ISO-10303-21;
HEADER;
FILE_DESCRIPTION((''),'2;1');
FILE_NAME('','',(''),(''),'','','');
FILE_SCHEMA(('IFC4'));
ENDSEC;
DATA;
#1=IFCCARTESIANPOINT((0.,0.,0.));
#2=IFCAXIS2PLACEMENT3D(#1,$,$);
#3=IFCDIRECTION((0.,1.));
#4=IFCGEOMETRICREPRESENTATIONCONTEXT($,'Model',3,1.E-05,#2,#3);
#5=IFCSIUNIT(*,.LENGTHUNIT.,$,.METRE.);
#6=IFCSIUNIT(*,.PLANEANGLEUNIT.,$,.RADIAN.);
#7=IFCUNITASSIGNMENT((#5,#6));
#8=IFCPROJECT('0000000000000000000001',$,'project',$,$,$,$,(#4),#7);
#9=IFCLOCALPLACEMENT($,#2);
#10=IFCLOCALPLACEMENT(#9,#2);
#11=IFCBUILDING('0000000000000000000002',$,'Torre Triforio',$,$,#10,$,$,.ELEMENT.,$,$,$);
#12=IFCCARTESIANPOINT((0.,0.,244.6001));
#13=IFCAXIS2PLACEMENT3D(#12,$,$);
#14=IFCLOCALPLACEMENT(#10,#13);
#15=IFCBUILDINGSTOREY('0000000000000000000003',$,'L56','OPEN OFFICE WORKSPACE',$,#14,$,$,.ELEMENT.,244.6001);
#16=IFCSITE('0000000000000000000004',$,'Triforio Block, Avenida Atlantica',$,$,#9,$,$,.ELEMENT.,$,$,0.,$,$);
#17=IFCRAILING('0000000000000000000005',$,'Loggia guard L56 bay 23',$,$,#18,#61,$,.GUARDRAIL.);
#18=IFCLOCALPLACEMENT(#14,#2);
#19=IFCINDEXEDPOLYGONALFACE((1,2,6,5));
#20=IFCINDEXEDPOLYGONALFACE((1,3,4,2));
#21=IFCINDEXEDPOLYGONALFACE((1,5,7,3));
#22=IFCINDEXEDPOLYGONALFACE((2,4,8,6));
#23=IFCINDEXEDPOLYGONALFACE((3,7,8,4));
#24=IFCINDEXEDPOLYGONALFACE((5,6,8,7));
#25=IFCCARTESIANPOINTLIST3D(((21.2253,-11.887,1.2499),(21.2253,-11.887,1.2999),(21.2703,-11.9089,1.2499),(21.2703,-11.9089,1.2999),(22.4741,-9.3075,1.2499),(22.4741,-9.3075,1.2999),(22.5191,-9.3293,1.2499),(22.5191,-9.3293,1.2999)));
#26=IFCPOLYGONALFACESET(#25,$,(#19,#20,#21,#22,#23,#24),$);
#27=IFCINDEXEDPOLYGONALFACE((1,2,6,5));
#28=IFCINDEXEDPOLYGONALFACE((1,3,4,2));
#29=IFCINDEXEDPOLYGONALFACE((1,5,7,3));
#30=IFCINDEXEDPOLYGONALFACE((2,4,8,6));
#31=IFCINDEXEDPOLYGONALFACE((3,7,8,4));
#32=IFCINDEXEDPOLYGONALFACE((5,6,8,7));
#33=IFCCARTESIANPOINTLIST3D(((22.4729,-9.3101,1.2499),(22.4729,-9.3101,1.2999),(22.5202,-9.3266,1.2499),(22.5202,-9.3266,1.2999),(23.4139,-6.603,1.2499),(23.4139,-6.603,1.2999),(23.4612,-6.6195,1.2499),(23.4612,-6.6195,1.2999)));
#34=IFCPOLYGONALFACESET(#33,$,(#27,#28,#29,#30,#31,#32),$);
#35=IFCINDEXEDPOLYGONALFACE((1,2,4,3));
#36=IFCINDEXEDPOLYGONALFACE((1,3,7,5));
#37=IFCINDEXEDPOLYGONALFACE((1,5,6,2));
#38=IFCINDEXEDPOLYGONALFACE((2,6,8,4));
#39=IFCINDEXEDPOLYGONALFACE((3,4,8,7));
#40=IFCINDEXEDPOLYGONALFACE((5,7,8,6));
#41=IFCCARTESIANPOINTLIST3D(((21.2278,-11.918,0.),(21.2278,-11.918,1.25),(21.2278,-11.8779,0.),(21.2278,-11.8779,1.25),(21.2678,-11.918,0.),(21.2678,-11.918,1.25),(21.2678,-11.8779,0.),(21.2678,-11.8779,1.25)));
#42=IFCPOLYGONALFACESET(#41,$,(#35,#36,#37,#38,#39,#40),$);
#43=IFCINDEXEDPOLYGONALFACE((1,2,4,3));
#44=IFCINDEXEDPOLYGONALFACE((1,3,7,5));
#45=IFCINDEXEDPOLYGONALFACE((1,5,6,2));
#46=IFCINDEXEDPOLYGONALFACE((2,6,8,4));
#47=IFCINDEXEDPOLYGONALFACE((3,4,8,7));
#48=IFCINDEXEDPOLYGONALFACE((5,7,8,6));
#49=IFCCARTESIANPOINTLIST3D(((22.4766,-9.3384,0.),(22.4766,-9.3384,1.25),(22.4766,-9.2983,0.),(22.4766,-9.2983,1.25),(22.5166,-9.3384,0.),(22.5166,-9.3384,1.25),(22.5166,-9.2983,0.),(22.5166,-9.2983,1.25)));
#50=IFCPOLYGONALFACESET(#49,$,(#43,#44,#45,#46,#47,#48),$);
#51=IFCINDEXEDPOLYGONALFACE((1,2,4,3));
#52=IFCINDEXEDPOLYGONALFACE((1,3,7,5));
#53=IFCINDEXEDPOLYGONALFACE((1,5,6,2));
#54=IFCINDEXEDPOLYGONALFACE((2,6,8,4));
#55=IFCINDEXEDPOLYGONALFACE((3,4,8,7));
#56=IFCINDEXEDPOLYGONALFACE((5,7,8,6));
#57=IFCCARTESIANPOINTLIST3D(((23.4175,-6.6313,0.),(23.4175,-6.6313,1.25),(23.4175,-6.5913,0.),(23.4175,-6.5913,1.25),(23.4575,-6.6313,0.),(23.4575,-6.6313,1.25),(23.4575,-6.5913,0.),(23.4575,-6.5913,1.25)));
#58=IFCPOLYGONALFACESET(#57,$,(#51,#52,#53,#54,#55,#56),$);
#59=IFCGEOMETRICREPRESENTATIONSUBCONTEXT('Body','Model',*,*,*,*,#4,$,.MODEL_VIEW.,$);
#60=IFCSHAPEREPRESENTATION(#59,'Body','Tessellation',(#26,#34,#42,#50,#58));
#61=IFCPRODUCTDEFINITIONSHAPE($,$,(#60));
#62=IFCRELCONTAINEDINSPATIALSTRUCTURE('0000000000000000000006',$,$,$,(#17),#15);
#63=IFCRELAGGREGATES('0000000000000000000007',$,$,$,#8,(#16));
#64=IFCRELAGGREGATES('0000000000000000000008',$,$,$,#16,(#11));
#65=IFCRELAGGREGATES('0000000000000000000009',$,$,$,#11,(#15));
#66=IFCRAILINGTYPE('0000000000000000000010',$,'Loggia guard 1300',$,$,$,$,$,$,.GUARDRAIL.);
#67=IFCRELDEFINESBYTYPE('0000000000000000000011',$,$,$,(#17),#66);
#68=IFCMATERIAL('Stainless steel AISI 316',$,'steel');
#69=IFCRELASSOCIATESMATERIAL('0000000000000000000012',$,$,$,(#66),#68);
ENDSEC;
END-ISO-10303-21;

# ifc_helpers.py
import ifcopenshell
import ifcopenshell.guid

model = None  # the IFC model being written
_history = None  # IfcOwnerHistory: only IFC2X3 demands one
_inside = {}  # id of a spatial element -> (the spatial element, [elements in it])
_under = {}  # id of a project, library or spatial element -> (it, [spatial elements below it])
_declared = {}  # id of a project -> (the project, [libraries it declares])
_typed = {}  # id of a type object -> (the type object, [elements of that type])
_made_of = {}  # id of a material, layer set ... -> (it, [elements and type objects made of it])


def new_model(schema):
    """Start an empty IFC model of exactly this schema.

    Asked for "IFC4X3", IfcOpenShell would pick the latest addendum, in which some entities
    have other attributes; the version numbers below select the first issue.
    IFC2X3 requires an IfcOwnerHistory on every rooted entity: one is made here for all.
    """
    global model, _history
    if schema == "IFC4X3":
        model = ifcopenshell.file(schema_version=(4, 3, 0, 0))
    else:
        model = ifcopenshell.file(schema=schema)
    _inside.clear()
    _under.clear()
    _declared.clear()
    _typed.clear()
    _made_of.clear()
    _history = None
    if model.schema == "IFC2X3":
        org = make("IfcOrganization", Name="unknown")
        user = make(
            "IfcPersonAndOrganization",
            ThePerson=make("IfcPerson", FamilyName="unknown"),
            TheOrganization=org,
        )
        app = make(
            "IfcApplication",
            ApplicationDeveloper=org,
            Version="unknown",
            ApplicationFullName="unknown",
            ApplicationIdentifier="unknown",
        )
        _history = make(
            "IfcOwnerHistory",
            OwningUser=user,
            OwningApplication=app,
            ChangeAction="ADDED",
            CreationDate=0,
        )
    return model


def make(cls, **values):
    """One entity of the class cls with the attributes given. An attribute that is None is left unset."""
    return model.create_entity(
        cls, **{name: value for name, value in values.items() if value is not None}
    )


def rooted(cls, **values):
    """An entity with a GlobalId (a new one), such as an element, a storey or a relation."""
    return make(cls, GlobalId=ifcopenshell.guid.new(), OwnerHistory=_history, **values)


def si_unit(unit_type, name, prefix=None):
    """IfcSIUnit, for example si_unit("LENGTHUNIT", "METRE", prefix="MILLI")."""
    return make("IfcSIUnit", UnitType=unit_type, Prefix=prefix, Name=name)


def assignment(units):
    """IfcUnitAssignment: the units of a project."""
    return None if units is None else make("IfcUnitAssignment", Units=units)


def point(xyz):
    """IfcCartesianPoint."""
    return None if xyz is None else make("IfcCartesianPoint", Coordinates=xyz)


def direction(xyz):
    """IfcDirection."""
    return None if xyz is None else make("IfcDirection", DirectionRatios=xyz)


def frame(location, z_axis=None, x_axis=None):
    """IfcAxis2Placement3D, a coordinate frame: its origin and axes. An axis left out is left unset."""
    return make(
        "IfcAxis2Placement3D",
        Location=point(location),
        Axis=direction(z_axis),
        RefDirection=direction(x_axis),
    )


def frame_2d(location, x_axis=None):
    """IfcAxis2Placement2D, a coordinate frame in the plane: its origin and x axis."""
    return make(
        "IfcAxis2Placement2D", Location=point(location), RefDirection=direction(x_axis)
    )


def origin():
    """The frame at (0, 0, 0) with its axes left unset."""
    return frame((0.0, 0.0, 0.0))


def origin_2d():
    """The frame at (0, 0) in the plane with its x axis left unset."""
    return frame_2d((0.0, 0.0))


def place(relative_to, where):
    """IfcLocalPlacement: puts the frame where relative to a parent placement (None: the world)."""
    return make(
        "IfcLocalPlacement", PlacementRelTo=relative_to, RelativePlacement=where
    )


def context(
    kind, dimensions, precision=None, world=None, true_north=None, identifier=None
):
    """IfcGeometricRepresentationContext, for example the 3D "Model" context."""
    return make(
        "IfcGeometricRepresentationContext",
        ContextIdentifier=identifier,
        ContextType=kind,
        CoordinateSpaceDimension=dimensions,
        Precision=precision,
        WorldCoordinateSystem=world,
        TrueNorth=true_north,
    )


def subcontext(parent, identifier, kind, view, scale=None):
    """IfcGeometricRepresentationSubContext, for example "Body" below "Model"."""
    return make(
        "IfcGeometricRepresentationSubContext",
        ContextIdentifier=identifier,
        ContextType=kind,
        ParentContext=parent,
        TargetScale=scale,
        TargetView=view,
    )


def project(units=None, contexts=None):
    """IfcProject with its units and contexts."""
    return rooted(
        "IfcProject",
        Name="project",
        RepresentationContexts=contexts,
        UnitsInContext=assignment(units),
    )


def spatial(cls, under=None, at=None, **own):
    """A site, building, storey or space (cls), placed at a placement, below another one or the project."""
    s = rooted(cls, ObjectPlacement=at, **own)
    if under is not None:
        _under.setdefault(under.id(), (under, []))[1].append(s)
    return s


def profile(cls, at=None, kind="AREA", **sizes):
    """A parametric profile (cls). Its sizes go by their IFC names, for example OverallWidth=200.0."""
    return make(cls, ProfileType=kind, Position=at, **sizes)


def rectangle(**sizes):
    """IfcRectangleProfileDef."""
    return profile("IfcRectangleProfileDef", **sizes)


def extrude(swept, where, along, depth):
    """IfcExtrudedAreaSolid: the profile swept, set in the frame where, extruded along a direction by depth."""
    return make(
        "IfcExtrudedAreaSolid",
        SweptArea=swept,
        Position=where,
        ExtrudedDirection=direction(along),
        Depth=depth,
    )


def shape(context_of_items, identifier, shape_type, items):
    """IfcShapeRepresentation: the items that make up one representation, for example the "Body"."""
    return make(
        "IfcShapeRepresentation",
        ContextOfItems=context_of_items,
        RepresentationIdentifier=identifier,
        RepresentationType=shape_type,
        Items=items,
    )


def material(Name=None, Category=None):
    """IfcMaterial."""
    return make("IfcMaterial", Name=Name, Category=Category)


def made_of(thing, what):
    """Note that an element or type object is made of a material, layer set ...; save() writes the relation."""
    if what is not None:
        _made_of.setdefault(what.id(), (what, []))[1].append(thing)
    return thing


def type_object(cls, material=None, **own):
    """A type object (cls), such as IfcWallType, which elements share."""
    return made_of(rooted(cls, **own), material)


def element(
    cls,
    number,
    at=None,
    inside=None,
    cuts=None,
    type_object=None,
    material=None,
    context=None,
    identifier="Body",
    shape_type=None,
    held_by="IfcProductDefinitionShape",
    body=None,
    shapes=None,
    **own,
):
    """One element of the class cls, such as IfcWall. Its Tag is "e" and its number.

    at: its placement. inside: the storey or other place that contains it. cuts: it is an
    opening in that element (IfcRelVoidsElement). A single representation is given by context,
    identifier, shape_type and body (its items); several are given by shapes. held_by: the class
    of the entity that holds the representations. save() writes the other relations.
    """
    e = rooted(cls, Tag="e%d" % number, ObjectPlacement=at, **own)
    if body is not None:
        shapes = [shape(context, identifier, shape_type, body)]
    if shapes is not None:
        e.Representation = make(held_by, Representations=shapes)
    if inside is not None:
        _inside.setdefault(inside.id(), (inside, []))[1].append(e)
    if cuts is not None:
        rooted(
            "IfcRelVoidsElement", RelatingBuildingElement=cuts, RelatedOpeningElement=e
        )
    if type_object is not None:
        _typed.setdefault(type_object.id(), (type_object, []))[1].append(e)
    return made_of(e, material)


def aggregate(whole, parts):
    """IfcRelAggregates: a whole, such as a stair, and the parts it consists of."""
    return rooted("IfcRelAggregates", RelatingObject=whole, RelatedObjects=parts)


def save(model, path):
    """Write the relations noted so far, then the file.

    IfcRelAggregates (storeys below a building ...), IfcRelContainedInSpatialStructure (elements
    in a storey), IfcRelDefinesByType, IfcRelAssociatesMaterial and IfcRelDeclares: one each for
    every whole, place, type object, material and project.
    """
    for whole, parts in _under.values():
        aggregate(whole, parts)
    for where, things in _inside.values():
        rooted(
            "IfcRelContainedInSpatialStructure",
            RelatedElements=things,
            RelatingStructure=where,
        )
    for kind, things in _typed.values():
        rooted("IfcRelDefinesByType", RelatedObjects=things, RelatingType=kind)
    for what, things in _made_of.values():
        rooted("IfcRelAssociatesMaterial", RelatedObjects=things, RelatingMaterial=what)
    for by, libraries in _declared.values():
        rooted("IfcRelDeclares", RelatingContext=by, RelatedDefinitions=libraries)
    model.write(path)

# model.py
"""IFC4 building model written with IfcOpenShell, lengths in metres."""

from ifc_helpers import new_model, si_unit, direction, frame, origin, origin_2d, place, context, subcontext, project, spatial, rectangle, extrude, material, type_object, element, save


model = new_model("IFC4")

# Units and contexts
model_context = context("Model", 3, precision=1e-05, world=origin(), true_north=direction((0.0, 1.0)))
body_context = subcontext(model_context, "Body", "Model", "MODEL_VIEW")
ifc_project = project(units=[si_unit("LENGTHUNIT", "METRE"), si_unit("PLANEANGLEUNIT", "RADIAN")], contexts=[model_context])

# Site, building, storey
site_placement = place(None, origin())
site = spatial("IfcSite", under=ifc_project, at=site_placement, Name="Triforio Block, Avenida Atlantica", CompositionType="ELEMENT", RefElevation=0.0)
building_placement = place(site_placement, origin())
building = spatial("IfcBuilding", under=site, at=building_placement, Name="Torre Triforio", CompositionType="ELEMENT")
storey_placement = place(building_placement, frame((0.0, 0.0, 244.6001)))
storey = spatial("IfcBuildingStorey", under=building, at=storey_placement, Name="L56", Description="OPEN OFFICE WORKSPACE", CompositionType="ELEMENT", Elevation=244.6001)

# Railing
ifc_material_1 = material(Name="Stainless steel AISI 316", Category="steel")
railing_type = type_object("IfcRailingType", Name="Loggia guard 1300", PredefinedType="GUARDRAIL", material=ifc_material_1)
railing_1_placement = place(storey_placement, frame((21.2478, -11.8979, 0.0)))
element("IfcRailing", 1, at=railing_1_placement, inside=storey, type_object=railing_type, Name="Loggia guard L56 bay 23", PredefinedType="GUARDRAIL", context=body_context, shape_type="SweptSolid", body=[
    extrude(rectangle(XDim=0.05, YDim=0.05, at=origin_2d()), frame((0.0, 0.0, 1.2749), z_axis=(0.435728, 0.900078, 0.0), x_axis=(-0.900078, 0.435728, 0.0)), (0.0, 0.0, 1.0), 2.866),
    extrude(rectangle(XDim=0.05, YDim=0.05, at=origin_2d()), frame((1.2488, 2.5796, 1.2749), z_axis=(0.328316, 0.944568, 0.0), x_axis=(-0.944568, 0.328316, 0.0)), (0.0, 0.0, 1.0), 2.866),
    extrude(rectangle(XDim=0.04, YDim=0.04, at=origin_2d()), origin(), (0.0, 0.0, 1.0), 1.25),
    extrude(rectangle(XDim=0.04, YDim=0.04, at=origin_2d()), frame((1.2488, 2.5796, 0.0)), (0.0, 0.0, 1.0), 1.25),
    extrude(rectangle(XDim=0.04, YDim=0.04, at=origin_2d()), frame((2.1897, 5.2866, 0.0)), (0.0, 0.0, 1.0), 1.25),
])

save(model, "model.ifc")
